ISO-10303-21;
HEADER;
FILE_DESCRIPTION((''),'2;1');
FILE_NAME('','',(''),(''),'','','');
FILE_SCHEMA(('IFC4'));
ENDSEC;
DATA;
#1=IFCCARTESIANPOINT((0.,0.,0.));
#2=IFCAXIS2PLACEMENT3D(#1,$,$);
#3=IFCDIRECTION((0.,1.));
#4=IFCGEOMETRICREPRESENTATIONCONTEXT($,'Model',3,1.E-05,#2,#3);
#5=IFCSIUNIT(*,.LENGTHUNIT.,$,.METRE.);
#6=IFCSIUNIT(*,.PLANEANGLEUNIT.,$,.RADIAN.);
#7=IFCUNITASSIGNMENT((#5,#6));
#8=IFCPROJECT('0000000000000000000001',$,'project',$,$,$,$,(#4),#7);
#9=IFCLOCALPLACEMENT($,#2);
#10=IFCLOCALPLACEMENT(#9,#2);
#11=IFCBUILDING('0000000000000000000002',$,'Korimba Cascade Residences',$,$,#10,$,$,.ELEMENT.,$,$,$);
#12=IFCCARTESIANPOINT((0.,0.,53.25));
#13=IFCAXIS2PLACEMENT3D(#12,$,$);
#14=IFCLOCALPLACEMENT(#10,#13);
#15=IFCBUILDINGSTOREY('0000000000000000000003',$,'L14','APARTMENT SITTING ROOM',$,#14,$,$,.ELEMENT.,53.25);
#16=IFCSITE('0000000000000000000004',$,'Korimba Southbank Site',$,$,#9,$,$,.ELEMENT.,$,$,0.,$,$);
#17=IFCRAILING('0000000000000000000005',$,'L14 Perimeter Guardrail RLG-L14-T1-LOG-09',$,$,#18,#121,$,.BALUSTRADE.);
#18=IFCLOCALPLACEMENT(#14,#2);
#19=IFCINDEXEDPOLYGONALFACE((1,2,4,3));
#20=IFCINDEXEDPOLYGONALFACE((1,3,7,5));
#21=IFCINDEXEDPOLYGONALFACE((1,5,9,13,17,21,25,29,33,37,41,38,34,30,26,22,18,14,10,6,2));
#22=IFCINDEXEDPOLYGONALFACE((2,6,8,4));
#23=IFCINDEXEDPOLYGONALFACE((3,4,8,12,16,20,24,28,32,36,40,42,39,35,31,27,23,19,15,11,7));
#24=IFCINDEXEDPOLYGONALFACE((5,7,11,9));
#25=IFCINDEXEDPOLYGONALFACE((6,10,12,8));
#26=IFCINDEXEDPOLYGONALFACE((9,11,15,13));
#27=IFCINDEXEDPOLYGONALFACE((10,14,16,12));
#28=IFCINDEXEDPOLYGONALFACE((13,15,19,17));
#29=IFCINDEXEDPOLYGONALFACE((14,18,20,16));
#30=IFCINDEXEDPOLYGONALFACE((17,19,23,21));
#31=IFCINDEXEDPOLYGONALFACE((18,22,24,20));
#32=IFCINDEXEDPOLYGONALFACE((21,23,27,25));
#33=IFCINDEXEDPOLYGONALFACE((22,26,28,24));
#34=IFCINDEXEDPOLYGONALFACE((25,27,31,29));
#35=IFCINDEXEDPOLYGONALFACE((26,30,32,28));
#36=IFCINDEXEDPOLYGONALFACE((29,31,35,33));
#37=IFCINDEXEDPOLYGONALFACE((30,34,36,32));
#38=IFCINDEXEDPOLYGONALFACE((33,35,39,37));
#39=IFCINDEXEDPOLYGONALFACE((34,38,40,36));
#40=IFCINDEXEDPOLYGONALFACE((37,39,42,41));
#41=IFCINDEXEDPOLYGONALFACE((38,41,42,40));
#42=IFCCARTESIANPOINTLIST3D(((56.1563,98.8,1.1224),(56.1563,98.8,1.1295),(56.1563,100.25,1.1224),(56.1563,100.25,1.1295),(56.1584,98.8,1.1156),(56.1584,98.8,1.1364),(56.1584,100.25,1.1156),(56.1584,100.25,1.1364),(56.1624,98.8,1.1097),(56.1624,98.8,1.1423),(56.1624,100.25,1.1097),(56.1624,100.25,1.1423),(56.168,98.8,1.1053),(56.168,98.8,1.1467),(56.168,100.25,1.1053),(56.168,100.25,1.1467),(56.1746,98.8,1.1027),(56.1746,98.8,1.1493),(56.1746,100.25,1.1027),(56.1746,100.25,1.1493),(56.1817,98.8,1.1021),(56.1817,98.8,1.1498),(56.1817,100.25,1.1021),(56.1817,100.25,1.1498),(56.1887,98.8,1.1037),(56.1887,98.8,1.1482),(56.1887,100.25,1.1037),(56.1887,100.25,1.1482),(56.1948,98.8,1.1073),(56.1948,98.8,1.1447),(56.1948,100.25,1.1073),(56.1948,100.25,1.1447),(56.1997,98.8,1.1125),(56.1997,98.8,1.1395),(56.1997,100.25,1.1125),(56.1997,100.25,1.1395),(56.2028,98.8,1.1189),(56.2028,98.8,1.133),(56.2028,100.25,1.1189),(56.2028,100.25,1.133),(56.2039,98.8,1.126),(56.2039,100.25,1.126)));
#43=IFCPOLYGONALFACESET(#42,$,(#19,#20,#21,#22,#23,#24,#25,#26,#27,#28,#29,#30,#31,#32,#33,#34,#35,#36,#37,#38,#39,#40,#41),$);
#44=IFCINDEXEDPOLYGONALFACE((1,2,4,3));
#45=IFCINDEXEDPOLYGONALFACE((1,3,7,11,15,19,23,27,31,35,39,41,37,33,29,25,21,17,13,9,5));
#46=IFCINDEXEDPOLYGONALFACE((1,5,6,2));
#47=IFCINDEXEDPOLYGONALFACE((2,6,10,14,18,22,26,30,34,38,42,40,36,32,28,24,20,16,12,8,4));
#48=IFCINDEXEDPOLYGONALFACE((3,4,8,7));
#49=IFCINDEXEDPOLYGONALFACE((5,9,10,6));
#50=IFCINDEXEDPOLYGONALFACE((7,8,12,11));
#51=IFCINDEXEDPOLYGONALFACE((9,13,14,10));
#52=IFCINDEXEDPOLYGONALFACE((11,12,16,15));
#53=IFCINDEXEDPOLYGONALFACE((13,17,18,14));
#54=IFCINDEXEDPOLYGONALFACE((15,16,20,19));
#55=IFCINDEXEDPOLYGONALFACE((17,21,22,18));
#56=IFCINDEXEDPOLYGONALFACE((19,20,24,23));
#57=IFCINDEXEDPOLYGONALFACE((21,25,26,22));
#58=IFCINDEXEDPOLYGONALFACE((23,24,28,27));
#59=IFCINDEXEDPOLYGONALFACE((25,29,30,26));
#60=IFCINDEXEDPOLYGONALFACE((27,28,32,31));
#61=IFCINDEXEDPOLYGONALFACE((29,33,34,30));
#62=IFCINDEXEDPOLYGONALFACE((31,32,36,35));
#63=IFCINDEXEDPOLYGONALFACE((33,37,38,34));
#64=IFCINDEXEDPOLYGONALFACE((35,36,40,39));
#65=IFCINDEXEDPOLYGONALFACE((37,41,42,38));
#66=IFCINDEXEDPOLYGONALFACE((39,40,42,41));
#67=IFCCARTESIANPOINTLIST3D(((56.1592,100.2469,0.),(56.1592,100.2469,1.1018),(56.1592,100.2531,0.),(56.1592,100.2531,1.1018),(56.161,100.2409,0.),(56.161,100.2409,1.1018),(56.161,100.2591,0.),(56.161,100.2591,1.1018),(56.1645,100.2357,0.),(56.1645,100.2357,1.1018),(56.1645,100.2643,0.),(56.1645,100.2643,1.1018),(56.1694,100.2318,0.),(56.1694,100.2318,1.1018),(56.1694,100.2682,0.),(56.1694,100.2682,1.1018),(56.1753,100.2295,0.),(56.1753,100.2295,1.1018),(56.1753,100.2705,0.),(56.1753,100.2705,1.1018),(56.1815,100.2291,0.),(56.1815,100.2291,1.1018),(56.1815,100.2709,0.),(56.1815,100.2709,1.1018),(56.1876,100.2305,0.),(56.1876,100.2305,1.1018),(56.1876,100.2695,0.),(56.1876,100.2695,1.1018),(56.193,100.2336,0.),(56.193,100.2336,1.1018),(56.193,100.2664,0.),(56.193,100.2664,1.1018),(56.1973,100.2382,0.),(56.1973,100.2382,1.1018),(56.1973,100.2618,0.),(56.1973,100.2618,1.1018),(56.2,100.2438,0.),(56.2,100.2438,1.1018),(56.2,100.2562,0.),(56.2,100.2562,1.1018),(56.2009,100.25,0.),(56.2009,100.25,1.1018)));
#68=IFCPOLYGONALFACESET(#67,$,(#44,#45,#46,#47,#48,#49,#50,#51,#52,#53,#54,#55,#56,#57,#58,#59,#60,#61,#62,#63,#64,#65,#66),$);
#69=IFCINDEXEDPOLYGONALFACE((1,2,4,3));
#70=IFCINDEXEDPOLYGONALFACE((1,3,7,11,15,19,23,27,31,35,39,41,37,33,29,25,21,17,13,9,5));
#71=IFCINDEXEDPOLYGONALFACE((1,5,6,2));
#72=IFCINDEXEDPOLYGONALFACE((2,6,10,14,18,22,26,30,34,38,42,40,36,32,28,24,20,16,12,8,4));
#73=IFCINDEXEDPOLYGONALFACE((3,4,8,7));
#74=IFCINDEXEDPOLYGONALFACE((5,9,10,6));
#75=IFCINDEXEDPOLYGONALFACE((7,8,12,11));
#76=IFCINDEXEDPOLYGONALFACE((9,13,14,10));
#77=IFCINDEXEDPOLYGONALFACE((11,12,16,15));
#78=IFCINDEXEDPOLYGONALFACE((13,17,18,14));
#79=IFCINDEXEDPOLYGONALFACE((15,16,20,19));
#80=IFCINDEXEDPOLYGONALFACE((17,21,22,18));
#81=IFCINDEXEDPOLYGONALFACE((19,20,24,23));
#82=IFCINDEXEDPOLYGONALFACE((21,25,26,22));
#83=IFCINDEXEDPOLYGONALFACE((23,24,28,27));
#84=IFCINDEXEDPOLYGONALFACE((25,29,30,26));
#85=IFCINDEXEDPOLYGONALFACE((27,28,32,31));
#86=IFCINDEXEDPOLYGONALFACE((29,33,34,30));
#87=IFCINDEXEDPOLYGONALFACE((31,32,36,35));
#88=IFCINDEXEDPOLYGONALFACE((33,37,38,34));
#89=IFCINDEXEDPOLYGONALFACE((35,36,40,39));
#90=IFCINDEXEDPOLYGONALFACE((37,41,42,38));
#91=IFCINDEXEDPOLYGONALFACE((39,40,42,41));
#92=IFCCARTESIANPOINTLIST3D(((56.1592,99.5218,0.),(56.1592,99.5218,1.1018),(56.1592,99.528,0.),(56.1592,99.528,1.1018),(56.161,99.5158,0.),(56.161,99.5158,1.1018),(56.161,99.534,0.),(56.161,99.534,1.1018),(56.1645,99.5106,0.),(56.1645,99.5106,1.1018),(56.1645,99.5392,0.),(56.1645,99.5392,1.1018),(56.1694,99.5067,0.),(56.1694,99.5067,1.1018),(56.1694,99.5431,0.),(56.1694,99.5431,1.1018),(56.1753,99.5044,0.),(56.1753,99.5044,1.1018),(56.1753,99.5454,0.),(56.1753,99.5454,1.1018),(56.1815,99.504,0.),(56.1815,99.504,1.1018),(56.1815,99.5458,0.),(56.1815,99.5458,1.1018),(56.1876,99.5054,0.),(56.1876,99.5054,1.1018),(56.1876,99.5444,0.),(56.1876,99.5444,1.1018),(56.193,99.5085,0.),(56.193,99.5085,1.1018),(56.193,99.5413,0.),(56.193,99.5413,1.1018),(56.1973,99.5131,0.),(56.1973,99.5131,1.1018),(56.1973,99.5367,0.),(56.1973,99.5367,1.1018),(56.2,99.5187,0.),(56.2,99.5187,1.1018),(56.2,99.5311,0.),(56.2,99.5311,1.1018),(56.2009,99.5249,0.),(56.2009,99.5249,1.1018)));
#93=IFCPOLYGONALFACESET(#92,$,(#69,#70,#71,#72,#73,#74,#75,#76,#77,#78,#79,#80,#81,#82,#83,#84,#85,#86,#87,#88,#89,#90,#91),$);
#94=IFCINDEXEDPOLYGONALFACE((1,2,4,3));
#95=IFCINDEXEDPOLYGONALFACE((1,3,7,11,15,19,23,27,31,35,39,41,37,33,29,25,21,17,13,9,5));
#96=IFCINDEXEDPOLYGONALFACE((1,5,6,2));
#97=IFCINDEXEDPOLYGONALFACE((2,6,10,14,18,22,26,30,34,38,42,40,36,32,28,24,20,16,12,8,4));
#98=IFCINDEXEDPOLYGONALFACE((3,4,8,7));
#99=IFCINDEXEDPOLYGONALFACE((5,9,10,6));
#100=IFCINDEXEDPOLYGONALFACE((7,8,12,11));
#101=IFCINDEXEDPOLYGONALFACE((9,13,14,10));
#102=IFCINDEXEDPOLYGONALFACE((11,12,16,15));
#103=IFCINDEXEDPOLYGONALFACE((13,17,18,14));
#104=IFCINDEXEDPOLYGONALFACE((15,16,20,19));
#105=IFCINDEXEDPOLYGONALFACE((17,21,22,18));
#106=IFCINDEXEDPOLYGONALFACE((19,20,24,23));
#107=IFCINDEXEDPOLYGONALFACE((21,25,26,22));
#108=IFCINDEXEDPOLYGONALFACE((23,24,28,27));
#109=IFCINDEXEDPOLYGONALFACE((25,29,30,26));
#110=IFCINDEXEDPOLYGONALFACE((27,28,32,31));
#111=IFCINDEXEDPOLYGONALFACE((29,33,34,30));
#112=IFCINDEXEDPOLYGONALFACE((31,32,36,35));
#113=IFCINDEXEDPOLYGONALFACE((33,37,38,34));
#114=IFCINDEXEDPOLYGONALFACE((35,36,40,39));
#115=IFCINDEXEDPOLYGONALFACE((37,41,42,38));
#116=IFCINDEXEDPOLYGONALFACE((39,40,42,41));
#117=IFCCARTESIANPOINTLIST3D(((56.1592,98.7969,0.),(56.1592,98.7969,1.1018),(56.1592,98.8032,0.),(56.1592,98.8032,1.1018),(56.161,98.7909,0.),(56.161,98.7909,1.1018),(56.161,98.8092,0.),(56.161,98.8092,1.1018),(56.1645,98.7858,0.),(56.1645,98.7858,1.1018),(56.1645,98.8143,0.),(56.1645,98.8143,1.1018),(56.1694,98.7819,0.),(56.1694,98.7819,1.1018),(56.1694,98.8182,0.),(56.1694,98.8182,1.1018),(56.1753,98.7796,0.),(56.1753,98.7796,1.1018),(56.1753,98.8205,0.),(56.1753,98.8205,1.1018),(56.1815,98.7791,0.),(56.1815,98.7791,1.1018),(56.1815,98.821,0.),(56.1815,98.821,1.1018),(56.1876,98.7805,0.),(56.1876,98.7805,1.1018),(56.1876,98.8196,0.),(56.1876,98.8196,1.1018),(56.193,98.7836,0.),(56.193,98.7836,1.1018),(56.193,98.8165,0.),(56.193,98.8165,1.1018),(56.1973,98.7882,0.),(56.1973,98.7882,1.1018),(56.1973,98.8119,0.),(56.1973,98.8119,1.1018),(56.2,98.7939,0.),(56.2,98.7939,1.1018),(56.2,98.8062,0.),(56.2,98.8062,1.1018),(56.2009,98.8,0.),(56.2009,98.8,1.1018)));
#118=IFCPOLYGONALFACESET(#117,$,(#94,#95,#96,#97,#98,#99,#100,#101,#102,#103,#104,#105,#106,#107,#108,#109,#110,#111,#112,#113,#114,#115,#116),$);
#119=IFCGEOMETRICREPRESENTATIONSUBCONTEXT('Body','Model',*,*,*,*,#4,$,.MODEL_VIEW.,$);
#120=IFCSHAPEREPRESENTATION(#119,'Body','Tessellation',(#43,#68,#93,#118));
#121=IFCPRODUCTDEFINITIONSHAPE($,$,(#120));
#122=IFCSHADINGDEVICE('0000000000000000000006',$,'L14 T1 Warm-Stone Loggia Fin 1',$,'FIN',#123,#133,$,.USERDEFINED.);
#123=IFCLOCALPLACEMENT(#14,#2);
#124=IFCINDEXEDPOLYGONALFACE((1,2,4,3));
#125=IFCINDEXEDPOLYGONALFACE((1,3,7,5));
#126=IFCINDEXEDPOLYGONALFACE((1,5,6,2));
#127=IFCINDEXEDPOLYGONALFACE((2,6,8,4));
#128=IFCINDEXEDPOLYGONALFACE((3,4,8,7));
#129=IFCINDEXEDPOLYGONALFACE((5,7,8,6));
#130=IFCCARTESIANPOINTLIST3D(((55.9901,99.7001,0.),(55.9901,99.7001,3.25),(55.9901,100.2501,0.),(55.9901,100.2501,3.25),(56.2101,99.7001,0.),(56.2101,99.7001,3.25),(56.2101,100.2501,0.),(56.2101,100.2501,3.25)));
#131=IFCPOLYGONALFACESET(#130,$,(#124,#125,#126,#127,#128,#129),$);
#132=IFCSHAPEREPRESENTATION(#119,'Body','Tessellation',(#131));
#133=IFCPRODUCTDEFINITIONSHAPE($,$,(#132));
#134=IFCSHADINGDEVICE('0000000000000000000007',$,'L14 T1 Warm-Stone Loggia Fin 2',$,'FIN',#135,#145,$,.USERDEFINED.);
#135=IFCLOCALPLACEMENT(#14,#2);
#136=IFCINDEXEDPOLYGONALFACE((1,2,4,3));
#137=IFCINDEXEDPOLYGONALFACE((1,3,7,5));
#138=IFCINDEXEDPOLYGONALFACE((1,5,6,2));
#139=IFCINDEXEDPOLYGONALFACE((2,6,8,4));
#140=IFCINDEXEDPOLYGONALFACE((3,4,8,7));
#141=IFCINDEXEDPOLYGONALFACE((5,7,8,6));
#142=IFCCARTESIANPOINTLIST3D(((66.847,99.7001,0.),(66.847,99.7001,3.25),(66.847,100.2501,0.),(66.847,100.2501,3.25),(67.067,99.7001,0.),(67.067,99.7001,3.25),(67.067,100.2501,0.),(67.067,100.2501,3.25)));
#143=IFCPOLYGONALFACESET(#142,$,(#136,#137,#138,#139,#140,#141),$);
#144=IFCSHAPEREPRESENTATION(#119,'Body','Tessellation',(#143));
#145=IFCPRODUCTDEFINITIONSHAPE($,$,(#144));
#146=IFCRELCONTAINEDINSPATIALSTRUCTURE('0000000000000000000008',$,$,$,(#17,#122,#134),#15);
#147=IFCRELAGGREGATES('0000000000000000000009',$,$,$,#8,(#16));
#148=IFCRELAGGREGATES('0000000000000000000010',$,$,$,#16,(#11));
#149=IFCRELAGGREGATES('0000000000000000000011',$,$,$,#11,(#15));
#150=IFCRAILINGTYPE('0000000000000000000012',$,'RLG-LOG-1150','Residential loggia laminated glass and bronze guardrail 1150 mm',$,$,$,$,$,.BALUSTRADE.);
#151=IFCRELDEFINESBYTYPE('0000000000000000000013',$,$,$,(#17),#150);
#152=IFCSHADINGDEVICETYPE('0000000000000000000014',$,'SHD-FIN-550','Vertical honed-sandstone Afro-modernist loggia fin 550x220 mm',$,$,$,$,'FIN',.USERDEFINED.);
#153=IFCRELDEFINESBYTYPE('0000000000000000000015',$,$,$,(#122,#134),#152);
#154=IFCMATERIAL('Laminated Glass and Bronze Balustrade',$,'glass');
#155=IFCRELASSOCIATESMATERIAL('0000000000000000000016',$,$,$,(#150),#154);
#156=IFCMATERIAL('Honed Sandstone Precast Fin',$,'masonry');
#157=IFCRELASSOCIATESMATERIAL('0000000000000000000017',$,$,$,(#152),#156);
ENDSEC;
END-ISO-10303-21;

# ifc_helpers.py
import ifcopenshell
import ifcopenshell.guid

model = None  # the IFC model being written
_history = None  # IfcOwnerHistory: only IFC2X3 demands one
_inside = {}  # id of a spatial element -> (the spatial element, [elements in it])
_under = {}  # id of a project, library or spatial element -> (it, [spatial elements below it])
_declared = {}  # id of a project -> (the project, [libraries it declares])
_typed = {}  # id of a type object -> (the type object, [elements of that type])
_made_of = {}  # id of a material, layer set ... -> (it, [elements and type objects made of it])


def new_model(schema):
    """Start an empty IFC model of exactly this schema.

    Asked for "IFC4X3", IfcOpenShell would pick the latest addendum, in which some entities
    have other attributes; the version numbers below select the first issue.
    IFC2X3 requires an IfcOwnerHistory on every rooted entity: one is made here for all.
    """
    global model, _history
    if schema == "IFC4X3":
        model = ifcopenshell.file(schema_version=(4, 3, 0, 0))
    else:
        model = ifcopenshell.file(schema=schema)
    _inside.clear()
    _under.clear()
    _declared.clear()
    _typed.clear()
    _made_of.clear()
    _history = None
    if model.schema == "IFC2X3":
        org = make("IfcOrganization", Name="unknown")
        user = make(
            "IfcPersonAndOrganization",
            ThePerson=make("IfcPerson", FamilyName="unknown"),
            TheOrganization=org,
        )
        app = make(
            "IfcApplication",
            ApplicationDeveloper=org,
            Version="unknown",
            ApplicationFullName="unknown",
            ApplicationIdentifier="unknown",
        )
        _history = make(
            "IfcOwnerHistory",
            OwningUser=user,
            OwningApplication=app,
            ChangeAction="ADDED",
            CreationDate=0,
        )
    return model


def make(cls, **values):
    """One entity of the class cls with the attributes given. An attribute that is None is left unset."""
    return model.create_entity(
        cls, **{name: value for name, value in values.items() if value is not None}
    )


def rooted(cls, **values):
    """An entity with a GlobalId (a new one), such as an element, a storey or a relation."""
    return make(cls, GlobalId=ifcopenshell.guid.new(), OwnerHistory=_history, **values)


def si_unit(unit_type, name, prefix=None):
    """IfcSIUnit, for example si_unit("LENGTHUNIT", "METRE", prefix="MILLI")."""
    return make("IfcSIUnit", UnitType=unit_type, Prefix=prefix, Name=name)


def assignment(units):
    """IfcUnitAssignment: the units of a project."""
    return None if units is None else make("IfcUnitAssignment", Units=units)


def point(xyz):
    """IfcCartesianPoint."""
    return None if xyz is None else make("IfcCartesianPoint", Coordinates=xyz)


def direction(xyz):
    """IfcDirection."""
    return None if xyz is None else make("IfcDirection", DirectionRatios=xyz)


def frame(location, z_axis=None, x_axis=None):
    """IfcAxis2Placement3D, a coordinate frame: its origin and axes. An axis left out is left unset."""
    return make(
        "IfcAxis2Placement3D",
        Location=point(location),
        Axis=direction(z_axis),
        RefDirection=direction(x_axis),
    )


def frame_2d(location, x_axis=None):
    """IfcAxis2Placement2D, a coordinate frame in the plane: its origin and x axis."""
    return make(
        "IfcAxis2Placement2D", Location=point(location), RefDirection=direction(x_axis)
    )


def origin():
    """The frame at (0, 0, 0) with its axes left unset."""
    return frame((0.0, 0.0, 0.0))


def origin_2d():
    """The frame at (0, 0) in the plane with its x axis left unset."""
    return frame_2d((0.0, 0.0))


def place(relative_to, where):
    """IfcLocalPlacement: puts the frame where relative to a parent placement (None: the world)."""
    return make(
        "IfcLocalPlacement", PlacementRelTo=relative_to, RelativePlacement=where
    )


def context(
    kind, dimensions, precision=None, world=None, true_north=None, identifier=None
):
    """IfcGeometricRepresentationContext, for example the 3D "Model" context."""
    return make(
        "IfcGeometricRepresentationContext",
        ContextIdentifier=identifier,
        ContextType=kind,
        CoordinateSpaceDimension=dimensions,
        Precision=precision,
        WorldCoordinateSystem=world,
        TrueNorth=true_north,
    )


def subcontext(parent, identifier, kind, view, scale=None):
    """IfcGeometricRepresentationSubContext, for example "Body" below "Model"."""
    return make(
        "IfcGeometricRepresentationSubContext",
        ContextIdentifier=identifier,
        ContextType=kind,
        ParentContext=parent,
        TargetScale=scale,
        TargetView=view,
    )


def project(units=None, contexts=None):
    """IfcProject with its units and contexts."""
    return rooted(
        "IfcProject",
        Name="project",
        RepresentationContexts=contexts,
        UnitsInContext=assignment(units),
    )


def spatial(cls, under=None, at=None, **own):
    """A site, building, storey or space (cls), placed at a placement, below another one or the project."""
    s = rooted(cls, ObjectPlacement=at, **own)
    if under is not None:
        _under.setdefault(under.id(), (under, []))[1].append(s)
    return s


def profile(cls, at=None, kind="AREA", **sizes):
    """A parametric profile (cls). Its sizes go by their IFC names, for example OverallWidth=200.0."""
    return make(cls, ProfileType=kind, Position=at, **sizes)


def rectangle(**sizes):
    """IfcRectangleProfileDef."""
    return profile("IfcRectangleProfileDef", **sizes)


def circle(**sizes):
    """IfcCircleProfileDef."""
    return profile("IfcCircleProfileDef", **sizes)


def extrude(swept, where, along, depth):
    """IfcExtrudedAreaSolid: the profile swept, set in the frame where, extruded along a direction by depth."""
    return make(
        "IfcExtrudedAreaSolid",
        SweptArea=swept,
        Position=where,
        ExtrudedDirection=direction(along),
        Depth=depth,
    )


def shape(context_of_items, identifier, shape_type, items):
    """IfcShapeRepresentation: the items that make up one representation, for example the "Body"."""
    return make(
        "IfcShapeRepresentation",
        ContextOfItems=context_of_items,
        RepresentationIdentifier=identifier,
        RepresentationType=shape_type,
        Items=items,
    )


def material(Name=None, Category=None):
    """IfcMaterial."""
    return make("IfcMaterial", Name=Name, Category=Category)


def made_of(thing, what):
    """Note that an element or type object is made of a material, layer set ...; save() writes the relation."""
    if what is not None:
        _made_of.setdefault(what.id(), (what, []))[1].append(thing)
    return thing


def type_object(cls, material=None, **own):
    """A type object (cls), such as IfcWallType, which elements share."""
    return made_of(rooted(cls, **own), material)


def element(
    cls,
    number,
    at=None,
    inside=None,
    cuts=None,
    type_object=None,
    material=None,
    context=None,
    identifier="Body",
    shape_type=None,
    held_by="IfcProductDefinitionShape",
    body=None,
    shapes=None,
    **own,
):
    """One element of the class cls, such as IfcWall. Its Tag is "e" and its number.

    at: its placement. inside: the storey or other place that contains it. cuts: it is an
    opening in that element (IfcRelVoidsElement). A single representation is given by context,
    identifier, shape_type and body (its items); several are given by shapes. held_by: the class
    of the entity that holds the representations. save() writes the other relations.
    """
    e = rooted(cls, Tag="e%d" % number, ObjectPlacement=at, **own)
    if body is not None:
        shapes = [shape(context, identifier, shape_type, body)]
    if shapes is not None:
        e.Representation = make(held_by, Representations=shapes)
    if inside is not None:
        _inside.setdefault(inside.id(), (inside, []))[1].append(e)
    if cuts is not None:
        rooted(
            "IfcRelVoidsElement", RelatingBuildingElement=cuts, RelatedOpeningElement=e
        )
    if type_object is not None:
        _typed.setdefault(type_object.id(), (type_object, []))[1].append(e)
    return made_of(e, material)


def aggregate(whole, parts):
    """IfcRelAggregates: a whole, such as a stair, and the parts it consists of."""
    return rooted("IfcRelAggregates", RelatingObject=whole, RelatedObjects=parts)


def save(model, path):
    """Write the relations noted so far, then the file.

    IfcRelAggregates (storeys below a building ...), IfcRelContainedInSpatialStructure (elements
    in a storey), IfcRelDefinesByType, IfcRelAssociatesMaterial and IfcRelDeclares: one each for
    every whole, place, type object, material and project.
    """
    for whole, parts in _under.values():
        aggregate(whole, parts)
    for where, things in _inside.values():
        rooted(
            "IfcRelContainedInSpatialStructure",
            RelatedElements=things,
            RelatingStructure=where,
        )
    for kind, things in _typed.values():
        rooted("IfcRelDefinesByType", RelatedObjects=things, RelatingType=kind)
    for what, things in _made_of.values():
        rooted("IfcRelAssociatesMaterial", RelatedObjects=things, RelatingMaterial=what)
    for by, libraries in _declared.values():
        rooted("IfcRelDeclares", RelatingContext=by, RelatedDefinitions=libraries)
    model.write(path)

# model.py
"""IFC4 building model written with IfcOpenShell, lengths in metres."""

from ifc_helpers import new_model, si_unit, direction, frame, origin, origin_2d, place, context, subcontext, project, spatial, rectangle, circle, extrude, material, type_object, element, save


model = new_model("IFC4")

# Units and contexts
model_context = context("Model", 3, precision=1e-05, world=origin(), true_north=direction((0.0, 1.0)))
body_context = subcontext(model_context, "Body", "Model", "MODEL_VIEW")
ifc_project = project(units=[si_unit("LENGTHUNIT", "METRE"), si_unit("PLANEANGLEUNIT", "RADIAN")], contexts=[model_context])

# Site, building, storey
site_placement = place(None, origin())
site = spatial("IfcSite", under=ifc_project, at=site_placement, Name="Korimba Southbank Site", CompositionType="ELEMENT", RefElevation=0.0)
building_placement = place(site_placement, origin())
building = spatial("IfcBuilding", under=site, at=building_placement, Name="Korimba Cascade Residences", CompositionType="ELEMENT")
storey_placement = place(building_placement, frame((0.0, 0.0, 53.25)))
storey = spatial("IfcBuildingStorey", under=building, at=storey_placement, Name="L14", Description="APARTMENT SITTING ROOM", CompositionType="ELEMENT", Elevation=53.25)

# Railing
ifc_material_1 = material(Name="Laminated Glass and Bronze Balustrade", Category="glass")
railing_type = type_object("IfcRailingType", Name="RLG-LOG-1150", Description="Residential loggia laminated glass and bronze guardrail 1150 mm", PredefinedType="BALUSTRADE", material=ifc_material_1)
railing_1_placement = place(storey_placement, frame((56.1799, 100.25, 0.0)))
element("IfcRailing", 1, at=railing_1_placement, inside=storey, type_object=railing_type, Name="L14 Perimeter Guardrail RLG-L14-T1-LOG-09", PredefinedType="BALUSTRADE", context=body_context, shape_type="SweptSolid", body=[
    extrude(circle(Radius=0.0239, at=origin_2d()), frame((0.0, 0.0, 1.126), z_axis=(0.0, -1.0, 0.0), x_axis=(1.0, 0.0, 0.0)), (0.0, 0.0, 1.0), 1.45),
    extrude(circle(Radius=0.021, at=origin_2d()), origin(), (0.0, 0.0, 1.0), 1.1018),
    extrude(circle(Radius=0.021, at=origin_2d()), frame((0.0, -0.7251, 0.0)), (0.0, 0.0, 1.0), 1.1018),
    extrude(circle(Radius=0.021, at=origin_2d()), frame((0.0, -1.45, 0.0)), (0.0, 0.0, 1.0), 1.1018),
])

# Shading devices
ifc_material_2 = material(Name="Honed Sandstone Precast Fin", Category="masonry")
shading_device_type = type_object("IfcShadingDeviceType", Name="SHD-FIN-550", Description="Vertical honed-sandstone Afro-modernist loggia fin 550x220 mm", ElementType="FIN", PredefinedType="USERDEFINED", material=ifc_material_2)
for number, where, z_axis, x_axis, name in (
    (2, (56.1001, 99.9751, 0.0), (0.0, 0.0, 1.0), (1.0, 0.0, 0.0), "L14 T1 Warm-Stone Loggia Fin 1"),
    (3, (66.957, 99.9751, 0.0), (0.0, 0.0, 1.0), (1.0, 0.0, 0.0), "L14 T1 Warm-Stone Loggia Fin 2"),
):
    element("IfcShadingDevice", number, at=place(storey_placement, frame(where, z_axis=z_axis, x_axis=x_axis)), inside=storey, type_object=shading_device_type, Name=name, ObjectType="FIN", PredefinedType="USERDEFINED", context=body_context, shape_type="SweptSolid", body=[
        extrude(rectangle(XDim=0.22, YDim=0.55, at=origin_2d()), origin(), (0.0, 0.0, 1.0), 3.25),
    ])

save(model, "model.ifc")
